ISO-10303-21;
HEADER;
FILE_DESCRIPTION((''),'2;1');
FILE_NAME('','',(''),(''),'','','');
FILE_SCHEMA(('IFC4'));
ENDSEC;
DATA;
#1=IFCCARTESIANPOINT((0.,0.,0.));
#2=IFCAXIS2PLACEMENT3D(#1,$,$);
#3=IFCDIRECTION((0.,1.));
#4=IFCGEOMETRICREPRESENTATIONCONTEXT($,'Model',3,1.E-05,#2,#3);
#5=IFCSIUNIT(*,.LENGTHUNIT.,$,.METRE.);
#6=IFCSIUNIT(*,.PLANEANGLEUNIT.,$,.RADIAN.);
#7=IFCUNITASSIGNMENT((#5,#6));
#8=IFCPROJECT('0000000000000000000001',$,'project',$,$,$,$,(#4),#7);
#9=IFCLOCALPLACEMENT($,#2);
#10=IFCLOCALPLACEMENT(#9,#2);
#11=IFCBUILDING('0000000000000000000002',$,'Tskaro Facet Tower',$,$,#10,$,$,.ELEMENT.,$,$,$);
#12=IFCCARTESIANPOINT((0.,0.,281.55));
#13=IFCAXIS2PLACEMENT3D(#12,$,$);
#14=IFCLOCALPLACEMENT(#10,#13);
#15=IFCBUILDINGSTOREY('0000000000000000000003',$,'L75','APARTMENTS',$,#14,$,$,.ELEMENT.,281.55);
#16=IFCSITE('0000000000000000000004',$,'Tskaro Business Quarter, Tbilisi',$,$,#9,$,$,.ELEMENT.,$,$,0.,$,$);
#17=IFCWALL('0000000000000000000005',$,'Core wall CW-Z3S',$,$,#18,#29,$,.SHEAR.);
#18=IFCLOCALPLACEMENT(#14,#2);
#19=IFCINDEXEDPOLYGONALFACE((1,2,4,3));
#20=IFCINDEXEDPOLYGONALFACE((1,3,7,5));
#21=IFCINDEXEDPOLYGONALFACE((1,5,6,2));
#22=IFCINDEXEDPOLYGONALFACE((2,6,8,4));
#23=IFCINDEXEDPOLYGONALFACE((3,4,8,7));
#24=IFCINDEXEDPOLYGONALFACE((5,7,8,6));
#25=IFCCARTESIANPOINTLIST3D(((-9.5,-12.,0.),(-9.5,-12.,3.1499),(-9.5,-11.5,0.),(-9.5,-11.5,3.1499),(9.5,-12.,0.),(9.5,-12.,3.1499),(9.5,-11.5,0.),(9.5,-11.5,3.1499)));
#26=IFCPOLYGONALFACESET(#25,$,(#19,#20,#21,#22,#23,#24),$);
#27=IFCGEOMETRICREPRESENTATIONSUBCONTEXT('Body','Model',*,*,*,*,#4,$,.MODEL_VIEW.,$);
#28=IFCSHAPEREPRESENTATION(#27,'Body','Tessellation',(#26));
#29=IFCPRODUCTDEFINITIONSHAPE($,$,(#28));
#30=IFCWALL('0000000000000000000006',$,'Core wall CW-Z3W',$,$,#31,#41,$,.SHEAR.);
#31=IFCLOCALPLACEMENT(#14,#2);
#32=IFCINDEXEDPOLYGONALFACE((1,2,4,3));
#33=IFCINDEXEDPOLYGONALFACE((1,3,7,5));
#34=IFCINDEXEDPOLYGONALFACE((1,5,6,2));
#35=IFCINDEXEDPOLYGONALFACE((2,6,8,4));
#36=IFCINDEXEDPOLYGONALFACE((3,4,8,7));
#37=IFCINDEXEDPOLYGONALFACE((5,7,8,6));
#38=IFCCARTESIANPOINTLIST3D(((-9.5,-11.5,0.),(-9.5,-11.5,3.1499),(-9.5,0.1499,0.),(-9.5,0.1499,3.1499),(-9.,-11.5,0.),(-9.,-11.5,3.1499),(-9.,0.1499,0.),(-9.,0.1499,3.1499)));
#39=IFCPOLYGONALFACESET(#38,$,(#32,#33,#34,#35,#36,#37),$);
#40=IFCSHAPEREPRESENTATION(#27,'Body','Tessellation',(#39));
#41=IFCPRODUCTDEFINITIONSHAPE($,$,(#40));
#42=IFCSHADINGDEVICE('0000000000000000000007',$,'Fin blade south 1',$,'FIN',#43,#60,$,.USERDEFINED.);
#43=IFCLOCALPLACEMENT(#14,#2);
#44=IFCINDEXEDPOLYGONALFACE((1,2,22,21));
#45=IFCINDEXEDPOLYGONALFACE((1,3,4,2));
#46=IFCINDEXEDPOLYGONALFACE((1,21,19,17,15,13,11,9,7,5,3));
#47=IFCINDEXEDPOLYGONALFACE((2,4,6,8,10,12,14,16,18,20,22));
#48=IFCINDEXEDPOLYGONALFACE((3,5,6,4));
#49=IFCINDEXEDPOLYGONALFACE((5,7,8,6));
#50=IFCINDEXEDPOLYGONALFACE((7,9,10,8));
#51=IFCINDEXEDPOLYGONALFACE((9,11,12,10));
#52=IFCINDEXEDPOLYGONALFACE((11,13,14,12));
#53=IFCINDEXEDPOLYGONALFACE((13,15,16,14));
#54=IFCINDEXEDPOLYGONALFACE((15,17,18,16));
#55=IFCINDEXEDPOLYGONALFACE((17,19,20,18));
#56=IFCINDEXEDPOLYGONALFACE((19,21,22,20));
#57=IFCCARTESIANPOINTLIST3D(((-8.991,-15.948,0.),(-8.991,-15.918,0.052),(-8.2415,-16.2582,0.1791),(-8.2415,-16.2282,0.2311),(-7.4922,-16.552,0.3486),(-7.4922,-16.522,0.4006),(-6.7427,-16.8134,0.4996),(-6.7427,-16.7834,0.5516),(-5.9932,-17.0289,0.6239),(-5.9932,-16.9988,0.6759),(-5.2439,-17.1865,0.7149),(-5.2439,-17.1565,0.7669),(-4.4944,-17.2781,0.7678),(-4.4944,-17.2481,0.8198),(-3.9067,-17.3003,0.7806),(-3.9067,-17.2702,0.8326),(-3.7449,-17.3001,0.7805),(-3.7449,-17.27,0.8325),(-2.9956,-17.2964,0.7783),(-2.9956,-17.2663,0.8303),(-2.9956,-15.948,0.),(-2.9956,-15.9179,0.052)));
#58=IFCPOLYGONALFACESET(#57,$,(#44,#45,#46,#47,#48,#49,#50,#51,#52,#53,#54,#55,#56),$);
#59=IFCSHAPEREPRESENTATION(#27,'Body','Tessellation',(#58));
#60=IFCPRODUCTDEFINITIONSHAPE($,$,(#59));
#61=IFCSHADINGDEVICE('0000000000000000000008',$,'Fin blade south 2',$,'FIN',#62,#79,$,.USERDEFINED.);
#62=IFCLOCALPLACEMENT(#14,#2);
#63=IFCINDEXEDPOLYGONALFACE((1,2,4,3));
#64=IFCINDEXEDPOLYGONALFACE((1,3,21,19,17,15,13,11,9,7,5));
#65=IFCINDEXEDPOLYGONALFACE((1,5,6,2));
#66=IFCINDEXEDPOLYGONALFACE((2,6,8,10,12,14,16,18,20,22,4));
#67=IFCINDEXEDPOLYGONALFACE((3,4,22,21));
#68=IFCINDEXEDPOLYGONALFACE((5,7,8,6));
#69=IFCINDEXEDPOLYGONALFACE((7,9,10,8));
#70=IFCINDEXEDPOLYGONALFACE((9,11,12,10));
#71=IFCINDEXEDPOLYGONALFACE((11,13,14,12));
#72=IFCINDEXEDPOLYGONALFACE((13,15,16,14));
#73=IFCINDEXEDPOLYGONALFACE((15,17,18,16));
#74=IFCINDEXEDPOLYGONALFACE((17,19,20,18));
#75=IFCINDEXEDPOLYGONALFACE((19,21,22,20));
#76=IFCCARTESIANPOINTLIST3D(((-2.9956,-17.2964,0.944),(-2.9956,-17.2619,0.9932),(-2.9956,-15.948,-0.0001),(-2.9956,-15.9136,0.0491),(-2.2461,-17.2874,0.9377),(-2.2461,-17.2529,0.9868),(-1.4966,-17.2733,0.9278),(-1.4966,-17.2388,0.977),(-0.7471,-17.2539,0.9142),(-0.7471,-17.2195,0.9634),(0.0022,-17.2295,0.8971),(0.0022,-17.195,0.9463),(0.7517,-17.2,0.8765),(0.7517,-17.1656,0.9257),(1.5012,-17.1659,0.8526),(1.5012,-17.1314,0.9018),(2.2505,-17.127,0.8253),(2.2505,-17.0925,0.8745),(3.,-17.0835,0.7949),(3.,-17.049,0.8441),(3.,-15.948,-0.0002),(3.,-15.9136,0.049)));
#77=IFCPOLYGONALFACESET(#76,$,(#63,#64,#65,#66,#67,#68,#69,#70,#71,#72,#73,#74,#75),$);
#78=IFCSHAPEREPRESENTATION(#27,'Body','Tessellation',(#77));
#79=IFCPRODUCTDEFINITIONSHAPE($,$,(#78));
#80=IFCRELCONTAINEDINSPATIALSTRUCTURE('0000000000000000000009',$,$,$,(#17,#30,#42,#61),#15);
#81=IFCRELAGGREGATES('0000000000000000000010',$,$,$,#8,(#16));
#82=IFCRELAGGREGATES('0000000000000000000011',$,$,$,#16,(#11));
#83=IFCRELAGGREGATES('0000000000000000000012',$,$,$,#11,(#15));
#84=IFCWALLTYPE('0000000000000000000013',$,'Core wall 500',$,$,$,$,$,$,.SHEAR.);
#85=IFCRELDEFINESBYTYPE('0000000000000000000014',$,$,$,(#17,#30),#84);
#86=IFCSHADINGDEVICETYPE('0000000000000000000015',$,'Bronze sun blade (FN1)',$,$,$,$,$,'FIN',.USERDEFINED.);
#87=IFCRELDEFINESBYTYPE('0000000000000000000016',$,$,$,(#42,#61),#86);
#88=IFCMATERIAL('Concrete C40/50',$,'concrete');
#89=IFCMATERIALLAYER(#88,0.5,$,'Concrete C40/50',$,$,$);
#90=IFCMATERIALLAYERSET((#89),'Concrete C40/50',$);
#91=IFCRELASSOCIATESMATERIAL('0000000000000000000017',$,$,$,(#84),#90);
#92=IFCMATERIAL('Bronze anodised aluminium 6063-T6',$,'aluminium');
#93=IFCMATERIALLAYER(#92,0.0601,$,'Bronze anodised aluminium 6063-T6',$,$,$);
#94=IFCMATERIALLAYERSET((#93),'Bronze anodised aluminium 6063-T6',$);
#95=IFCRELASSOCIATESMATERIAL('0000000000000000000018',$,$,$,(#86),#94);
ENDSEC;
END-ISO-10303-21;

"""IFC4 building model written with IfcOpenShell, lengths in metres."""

from ifc_helpers import new_model, si_unit, direction, frame, frame_2d, origin, place, context, subcontext, project, spatial, polyline, rectangle, outline, extrude, material, layer, layer_set, type_object, element, save


model = new_model("IFC4")

# Units and contexts
model_context = context("Model", 3, precision=1e-05, world=origin(), true_north=direction((0.0, 1.0)))
body_context = subcontext(model_context, "Body", "Model", "MODEL_VIEW")
ifc_project = project(units=[si_unit("LENGTHUNIT", "METRE"), si_unit("PLANEANGLEUNIT", "RADIAN")], contexts=[model_context])

# Site, building, storey
site_placement = place(None, origin())
site = spatial("IfcSite", under=ifc_project, at=site_placement, Name="Tskaro Business Quarter, Tbilisi", CompositionType="ELEMENT", RefElevation=0.0)
building_placement = place(site_placement, origin())
building = spatial("IfcBuilding", under=site, at=building_placement, Name="Tskaro Facet Tower", CompositionType="ELEMENT")
storey_placement = place(building_placement, frame((0.0, 0.0, 281.55)))
storey = spatial("IfcBuildingStorey", under=building, at=storey_placement, Name="L75", Description="APARTMENTS", CompositionType="ELEMENT", Elevation=281.55)

# Shared definitions
ifc_material_1 = material(Name="Bronze anodised aluminium 6063-T6", Category="aluminium")

# Walls
ifc_material_2 = material(Name="Concrete C40/50", Category="concrete")
ifc_layer_1 = layer(ifc_material_2, 0.5, Name="Concrete C40/50")
ifc_layer_set_1 = layer_set([ifc_layer_1], Name="Concrete C40/50")
wall_type_1 = type_object("IfcWallType", Name="Core wall 500", PredefinedType="SHEAR", material=ifc_layer_set_1)
wall_1_placement = place(storey_placement, frame((-9.5, -11.75, 0.0), z_axis=(0.0, 0.0, 1.0), x_axis=(1.0, 0.0, 0.0)))
element("IfcWall", 1, at=wall_1_placement, inside=storey, type_object=wall_type_1, Name="Core wall CW-Z3S", PredefinedType="SHEAR", context=body_context, shape_type="SweptSolid", body=[
    extrude(rectangle(XDim=19.0, YDim=0.5, at=frame_2d((9.5, 0.0))), origin(), (0.0, 0.0, 1.0), 3.1499),
])
wall_2_placement = place(storey_placement, frame((-9.25, -11.5, 0.0), z_axis=(0.0, 0.0, 1.0), x_axis=(0.0, 1.0, 0.0)))
element("IfcWall", 2, at=wall_2_placement, inside=storey, type_object=wall_type_1, Name="Core wall CW-Z3W", PredefinedType="SHEAR", context=body_context, shape_type="SweptSolid", body=[
    extrude(rectangle(XDim=11.6499, YDim=0.5, at=frame_2d((5.825, 0.0))), origin(), (0.0, 0.0, 1.0), 3.1499),
])

# Shading devices
ifc_layer_2 = layer(ifc_material_1, 0.0601, Name="Bronze anodised aluminium 6063-T6")
ifc_layer_set_2 = layer_set([ifc_layer_2], Name="Bronze anodised aluminium 6063-T6")
shading_device_type = type_object("IfcShadingDeviceType", Name="Bronze sun blade (FN1)", ElementType="FIN", PredefinedType="USERDEFINED", material=ifc_layer_set_2)
shading_device_1_placement = place(storey_placement, frame((-8.991, -15.918, 0.052), z_axis=(-0.000006, 0.499912, 0.866076), x_axis=(1.0, 0.000003, 0.000006)))
element("IfcShadingDevice", 3, at=shading_device_1_placement, inside=storey, type_object=shading_device_type, Name="Fin blade south 1", ObjectType="FIN", PredefinedType="USERDEFINED", context=body_context, shape_type="SweptSolid", body=[
    extrude(outline(polyline([(0.0, 0.0), (5.9954, 0.0), (5.9954, -1.5569), (5.2461, -1.5612), (5.0842, -1.5614), (4.4966, -1.5358), (3.7471, -1.43), (2.9978, -1.248), (2.2483, -0.9993), (1.4988, -0.6974), (0.7495, -0.3582), (0.0, 0.0)])), origin(), (0.0, 0.0, -1.0), 0.0601),
])
shading_device_2_placement = place(storey_placement, frame((-2.9956, -15.9136, 0.0491), z_axis=(0.000006, 0.573564, 0.819161), x_axis=(1.0, -0.000004, -0.000005)))
element("IfcShadingDevice", 4, at=shading_device_2_placement, inside=storey, type_object=shading_device_type, Name="Fin blade south 2", ObjectType="FIN", PredefinedType="USERDEFINED", context=body_context, shape_type="SweptSolid", body=[
    extrude(outline(polyline([(0.0, 0.0), (5.9956, 0.0), (5.9956, -1.3861), (5.2461, -1.4392), (4.4968, -1.4867), (3.7473, -1.5284), (2.9978, -1.5644), (2.2485, -1.5942), (1.499, -1.6178), (0.7495, -1.635), (0.0, -1.646), (0.0, 0.0)])), origin(), (0.0, 0.0, -1.0), 0.0601),
])

save(model, "model.ifc")
